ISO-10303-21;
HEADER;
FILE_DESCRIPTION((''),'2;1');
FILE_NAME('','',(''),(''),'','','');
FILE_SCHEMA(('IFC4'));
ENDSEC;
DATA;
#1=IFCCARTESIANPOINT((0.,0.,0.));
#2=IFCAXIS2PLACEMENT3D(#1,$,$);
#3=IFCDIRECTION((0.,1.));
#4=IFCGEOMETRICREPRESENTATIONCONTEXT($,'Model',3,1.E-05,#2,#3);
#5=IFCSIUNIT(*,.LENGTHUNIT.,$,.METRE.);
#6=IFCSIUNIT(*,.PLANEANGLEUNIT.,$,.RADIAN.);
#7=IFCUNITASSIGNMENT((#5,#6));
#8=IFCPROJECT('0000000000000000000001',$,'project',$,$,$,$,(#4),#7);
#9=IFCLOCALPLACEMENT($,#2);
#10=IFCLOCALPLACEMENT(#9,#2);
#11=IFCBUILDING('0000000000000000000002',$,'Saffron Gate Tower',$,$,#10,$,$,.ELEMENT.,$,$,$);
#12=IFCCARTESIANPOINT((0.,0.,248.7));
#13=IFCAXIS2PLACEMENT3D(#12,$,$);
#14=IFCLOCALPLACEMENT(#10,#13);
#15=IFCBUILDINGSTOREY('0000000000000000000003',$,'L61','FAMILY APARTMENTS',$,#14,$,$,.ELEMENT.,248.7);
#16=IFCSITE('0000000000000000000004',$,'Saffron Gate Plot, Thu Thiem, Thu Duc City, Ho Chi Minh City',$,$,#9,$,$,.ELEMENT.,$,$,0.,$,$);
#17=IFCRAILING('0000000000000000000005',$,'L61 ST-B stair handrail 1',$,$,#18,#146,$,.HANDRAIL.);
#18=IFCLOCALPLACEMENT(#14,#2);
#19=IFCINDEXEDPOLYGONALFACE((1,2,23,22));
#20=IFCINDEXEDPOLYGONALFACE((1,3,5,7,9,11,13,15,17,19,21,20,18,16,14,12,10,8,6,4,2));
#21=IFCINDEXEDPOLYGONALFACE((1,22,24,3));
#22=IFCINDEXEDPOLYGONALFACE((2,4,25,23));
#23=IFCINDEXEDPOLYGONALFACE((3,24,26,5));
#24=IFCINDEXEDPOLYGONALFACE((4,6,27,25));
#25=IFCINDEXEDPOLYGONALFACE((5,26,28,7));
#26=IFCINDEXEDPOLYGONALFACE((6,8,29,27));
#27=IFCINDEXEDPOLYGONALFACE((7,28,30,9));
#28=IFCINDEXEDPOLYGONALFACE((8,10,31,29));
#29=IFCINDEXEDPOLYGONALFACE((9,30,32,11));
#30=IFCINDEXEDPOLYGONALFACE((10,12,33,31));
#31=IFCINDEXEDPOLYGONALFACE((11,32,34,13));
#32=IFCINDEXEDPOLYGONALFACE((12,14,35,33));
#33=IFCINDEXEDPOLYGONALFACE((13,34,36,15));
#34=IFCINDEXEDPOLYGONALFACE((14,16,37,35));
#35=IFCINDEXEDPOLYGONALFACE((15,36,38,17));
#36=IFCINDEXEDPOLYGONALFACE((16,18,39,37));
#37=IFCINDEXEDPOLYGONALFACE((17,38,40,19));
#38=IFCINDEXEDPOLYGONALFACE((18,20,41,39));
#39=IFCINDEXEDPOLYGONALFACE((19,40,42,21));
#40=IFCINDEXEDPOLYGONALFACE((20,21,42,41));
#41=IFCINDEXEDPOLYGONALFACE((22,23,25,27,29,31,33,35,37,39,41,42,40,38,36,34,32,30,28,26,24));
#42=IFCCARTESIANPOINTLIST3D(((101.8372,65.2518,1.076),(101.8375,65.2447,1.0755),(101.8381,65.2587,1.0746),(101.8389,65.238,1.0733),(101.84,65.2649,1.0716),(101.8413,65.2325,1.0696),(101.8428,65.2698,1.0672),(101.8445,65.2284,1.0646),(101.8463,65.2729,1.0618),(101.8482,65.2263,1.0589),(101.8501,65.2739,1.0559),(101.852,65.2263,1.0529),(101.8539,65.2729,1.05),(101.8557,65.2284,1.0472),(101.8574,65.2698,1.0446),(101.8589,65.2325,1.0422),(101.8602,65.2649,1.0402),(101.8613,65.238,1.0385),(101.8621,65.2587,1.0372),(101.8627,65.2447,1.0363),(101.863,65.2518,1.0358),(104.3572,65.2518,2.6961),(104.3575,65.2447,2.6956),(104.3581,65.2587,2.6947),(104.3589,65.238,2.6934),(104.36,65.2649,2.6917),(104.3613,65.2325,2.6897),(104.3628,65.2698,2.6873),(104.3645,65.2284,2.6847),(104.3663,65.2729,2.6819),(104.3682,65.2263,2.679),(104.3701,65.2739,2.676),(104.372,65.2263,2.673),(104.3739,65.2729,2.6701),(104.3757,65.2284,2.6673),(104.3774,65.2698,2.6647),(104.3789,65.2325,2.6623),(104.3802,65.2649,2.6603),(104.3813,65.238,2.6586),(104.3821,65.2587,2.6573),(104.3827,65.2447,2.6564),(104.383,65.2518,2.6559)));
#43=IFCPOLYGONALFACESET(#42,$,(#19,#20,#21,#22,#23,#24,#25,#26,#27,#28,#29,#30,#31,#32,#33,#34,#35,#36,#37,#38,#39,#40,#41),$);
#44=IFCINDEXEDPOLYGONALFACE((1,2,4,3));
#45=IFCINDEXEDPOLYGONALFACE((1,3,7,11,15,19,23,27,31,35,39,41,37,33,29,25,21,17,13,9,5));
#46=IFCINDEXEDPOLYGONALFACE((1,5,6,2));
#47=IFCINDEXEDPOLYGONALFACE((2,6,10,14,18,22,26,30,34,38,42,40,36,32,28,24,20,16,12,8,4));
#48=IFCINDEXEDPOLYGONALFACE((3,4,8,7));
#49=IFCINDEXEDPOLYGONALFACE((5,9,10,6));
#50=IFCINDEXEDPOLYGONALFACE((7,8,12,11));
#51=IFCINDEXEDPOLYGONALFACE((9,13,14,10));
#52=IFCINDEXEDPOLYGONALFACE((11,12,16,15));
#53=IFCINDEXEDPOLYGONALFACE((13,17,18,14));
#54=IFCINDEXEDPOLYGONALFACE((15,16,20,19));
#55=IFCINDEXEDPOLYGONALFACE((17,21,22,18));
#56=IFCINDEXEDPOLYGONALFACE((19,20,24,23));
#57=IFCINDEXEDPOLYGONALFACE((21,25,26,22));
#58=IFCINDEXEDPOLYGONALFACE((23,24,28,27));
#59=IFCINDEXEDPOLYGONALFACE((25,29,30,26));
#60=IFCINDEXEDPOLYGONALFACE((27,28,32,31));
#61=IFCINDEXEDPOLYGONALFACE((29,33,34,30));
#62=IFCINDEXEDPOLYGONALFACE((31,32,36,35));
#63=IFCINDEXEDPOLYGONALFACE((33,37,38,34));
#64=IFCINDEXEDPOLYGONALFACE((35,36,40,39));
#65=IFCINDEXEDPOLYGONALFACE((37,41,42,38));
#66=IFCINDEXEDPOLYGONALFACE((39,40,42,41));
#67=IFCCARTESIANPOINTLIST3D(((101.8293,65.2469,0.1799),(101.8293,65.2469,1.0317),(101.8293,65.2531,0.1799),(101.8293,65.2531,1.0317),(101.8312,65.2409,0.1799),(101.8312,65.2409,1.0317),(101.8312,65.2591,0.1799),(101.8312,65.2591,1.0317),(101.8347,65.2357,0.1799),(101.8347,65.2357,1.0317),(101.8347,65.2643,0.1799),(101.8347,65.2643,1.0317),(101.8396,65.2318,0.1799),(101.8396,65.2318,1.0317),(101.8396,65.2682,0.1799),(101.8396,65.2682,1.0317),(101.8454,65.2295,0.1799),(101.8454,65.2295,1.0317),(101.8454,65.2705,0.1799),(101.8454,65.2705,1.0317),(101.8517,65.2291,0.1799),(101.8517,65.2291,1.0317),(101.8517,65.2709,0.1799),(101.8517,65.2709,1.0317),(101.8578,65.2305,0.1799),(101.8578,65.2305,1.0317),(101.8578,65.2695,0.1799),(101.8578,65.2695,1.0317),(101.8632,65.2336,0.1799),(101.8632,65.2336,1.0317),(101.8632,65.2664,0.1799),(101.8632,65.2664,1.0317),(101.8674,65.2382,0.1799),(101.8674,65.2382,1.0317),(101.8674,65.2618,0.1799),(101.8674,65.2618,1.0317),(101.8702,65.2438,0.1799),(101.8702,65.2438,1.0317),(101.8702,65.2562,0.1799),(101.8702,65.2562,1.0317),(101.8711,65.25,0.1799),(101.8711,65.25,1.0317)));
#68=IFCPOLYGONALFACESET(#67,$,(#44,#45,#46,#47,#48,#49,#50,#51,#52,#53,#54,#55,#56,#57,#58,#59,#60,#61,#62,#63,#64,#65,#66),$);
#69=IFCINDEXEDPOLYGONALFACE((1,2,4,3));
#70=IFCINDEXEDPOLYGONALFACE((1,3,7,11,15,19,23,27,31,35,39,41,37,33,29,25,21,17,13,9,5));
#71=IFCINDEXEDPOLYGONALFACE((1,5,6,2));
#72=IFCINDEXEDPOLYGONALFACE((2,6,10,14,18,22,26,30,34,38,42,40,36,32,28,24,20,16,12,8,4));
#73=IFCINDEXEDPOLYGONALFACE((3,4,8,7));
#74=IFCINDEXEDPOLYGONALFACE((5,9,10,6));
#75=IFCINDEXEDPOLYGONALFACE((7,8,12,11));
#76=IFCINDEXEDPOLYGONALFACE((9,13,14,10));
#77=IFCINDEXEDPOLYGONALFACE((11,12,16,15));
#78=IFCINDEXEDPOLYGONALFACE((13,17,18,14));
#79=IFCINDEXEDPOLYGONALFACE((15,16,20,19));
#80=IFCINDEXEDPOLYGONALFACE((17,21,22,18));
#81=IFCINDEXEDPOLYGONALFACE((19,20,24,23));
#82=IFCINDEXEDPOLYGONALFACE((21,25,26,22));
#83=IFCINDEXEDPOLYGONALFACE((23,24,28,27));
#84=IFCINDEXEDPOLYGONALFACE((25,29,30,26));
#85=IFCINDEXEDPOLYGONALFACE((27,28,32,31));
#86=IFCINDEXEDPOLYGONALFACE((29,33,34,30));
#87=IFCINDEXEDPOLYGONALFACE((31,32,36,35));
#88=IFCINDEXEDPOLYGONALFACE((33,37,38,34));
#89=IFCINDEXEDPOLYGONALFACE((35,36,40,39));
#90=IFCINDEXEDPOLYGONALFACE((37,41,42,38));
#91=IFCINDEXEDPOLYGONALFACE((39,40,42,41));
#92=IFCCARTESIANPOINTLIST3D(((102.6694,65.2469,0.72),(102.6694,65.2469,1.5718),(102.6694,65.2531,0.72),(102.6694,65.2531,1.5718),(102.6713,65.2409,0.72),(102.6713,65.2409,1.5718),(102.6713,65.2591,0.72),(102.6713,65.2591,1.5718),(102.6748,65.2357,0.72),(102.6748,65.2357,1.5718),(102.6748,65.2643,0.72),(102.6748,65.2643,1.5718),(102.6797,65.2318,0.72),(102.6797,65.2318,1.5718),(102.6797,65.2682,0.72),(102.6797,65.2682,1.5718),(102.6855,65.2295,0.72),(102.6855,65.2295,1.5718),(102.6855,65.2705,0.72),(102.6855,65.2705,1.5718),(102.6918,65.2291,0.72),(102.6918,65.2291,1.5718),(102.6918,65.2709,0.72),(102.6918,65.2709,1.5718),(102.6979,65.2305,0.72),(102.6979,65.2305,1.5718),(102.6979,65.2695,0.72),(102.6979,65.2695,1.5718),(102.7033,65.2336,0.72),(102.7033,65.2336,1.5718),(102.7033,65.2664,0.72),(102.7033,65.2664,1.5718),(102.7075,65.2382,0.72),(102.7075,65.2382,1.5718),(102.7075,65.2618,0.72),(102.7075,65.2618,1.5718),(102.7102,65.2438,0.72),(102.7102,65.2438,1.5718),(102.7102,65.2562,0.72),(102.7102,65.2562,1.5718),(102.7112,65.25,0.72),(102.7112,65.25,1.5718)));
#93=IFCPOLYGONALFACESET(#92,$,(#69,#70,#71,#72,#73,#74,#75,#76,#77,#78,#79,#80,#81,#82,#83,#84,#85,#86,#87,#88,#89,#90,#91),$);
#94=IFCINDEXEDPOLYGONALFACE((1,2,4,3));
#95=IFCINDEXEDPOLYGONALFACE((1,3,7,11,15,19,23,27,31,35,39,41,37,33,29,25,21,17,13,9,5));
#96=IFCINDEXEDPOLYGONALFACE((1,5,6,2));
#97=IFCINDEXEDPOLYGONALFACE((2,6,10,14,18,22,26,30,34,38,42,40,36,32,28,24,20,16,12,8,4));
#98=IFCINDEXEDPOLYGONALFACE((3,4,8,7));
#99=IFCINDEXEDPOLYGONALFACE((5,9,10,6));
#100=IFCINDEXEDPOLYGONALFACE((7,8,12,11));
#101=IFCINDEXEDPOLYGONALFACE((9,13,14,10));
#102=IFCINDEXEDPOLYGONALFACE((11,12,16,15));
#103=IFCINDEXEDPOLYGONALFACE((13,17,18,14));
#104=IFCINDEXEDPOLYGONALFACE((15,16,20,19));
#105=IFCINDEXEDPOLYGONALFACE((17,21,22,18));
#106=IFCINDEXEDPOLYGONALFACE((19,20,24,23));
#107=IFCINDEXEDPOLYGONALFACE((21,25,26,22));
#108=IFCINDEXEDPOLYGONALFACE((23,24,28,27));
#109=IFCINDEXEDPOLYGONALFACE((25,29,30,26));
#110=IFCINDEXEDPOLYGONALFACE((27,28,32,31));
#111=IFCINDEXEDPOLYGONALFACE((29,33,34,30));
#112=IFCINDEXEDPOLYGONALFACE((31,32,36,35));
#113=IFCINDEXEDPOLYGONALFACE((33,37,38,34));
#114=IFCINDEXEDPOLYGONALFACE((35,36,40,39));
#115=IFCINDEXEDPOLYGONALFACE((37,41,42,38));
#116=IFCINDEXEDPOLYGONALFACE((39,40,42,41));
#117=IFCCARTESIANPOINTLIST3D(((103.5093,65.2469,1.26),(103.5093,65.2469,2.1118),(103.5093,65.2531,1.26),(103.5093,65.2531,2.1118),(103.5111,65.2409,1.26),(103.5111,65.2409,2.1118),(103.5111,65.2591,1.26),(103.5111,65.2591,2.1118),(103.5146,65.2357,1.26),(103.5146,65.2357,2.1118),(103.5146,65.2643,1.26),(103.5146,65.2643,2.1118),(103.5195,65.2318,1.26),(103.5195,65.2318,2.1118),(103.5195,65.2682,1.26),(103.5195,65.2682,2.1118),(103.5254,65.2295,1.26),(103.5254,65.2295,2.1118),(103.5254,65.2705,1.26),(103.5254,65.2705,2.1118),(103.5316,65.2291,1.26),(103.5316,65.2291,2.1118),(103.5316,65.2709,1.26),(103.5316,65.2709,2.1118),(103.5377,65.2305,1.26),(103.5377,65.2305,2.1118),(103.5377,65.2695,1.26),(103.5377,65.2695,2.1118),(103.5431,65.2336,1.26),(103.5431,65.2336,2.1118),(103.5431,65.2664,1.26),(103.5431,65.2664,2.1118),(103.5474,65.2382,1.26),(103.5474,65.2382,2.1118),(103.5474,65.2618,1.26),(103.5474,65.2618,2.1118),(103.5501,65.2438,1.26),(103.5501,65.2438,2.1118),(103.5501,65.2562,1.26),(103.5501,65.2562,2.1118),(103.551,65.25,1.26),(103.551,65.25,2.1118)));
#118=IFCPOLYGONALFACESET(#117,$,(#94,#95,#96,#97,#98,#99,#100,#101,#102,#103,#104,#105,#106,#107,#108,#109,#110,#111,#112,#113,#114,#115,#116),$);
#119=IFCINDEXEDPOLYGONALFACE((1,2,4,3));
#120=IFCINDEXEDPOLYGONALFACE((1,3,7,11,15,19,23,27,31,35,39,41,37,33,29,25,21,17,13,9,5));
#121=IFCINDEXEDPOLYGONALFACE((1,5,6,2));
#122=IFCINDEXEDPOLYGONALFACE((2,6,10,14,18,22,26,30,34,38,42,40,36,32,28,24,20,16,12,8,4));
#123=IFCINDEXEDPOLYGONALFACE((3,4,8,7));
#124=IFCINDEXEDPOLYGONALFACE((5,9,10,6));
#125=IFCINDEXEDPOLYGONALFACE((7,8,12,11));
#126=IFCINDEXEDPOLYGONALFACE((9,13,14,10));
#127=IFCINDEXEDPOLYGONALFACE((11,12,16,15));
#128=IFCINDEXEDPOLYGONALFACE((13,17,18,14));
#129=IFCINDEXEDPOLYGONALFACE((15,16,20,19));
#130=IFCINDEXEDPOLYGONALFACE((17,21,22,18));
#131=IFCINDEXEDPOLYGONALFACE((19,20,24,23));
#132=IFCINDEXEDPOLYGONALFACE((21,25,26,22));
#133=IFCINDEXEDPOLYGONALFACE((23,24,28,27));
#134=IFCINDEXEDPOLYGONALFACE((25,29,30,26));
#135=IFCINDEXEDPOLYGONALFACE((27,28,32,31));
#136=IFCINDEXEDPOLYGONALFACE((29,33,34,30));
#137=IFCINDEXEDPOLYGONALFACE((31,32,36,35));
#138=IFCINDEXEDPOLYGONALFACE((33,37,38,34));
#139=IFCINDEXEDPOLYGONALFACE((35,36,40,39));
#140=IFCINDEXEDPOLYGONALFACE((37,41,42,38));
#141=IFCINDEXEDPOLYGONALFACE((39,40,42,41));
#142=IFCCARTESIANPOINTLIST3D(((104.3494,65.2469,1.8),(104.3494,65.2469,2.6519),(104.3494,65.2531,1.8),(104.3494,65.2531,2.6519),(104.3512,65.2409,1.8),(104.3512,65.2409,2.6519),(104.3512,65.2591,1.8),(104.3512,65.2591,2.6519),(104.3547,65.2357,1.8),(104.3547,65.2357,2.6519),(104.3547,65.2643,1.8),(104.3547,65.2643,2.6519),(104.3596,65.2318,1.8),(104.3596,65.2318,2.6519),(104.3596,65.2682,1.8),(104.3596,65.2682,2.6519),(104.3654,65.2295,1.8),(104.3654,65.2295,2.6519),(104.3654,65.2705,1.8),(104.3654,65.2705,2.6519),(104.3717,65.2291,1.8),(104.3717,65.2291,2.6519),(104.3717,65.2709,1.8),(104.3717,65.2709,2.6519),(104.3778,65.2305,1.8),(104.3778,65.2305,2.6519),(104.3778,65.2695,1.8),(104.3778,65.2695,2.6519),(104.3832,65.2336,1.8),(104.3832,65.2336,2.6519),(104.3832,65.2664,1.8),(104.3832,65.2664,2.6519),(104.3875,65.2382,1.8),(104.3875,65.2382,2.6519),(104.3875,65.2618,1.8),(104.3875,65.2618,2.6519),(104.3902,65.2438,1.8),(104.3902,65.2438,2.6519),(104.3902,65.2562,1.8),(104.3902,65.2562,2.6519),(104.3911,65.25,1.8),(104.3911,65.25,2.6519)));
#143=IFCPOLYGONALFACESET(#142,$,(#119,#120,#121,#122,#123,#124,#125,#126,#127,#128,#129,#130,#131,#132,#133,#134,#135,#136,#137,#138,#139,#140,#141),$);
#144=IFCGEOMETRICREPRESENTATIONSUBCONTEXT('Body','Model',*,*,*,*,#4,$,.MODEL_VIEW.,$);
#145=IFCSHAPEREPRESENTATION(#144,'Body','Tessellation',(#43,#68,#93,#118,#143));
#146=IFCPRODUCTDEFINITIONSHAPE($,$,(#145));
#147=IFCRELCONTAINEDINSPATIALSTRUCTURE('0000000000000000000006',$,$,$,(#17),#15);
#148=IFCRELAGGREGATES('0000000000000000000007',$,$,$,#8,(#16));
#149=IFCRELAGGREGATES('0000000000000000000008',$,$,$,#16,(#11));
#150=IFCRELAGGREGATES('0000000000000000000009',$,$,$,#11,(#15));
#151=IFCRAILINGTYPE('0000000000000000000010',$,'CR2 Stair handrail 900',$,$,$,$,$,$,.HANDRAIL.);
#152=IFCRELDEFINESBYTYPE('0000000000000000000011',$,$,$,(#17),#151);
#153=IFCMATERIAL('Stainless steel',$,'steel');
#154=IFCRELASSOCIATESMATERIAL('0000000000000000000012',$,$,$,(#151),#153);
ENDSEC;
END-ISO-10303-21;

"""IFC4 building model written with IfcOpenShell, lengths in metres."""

from ifc_helpers import new_model, si_unit, direction, frame, origin, origin_2d, place, context, subcontext, project, spatial, circle, extrude, material, type_object, element, save


model = new_model("IFC4")

# Units and contexts
model_context = context("Model", 3, precision=1e-05, world=origin(), true_north=direction((0.0, 1.0)))
body_context = subcontext(model_context, "Body", "Model", "MODEL_VIEW")
ifc_project = project(units=[si_unit("LENGTHUNIT", "METRE"), si_unit("PLANEANGLEUNIT", "RADIAN")], contexts=[model_context])

# Site, building, storey
site_placement = place(None, origin())
site = spatial("IfcSite", under=ifc_project, at=site_placement, Name="Saffron Gate Plot, Thu Thiem, Thu Duc City, Ho Chi Minh City", CompositionType="ELEMENT", RefElevation=0.0)
building_placement = place(site_placement, origin())
building = spatial("IfcBuilding", under=site, at=building_placement, Name="Saffron Gate Tower", CompositionType="ELEMENT")
storey_placement = place(building_placement, frame((0.0, 0.0, 248.7)))
storey = spatial("IfcBuildingStorey", under=building, at=storey_placement, Name="L61", Description="FAMILY APARTMENTS", CompositionType="ELEMENT", Elevation=248.7)

# Railing
ifc_material_1 = material(Name="Stainless steel", Category="steel")
railing_type_1 = type_object("IfcRailingType", Name="CR2 Stair handrail 900", PredefinedType="HANDRAIL", material=ifc_material_1)
railing_1_placement = place(storey_placement, frame((101.8501, 65.25, 0.1799)))
element("IfcRailing", 1, at=railing_1_placement, inside=storey, type_object=railing_type_1, Name="L61 ST-B stair handrail 1", PredefinedType="HANDRAIL", context=body_context, shape_type="SweptSolid", body=[
    extrude(circle(Radius=0.0239, at=origin_2d()), frame((0.0, 0.0, 0.876), z_axis=(0.841163, 0.0, 0.540782), x_axis=(0.0, 1.0, 0.0)), (0.0, 0.0, 1.0), 2.9958),
    extrude(circle(Radius=0.021, at=origin_2d()), origin(), (0.0, 0.0, 1.0), 0.8518),
    extrude(circle(Radius=0.021, at=origin_2d()), frame((0.8401, 0.0, 0.54)), (0.0, 0.0, 1.0), 0.8518),
    extrude(circle(Radius=0.021, at=origin_2d()), frame((1.6799, 0.0, 1.0801)), (0.0, 0.0, 1.0), 0.8518),
    extrude(circle(Radius=0.021, at=origin_2d()), frame((2.52, 0.0, 1.6201)), (0.0, 0.0, 1.0), 0.8518),
])

save(model, "model.ifc")
